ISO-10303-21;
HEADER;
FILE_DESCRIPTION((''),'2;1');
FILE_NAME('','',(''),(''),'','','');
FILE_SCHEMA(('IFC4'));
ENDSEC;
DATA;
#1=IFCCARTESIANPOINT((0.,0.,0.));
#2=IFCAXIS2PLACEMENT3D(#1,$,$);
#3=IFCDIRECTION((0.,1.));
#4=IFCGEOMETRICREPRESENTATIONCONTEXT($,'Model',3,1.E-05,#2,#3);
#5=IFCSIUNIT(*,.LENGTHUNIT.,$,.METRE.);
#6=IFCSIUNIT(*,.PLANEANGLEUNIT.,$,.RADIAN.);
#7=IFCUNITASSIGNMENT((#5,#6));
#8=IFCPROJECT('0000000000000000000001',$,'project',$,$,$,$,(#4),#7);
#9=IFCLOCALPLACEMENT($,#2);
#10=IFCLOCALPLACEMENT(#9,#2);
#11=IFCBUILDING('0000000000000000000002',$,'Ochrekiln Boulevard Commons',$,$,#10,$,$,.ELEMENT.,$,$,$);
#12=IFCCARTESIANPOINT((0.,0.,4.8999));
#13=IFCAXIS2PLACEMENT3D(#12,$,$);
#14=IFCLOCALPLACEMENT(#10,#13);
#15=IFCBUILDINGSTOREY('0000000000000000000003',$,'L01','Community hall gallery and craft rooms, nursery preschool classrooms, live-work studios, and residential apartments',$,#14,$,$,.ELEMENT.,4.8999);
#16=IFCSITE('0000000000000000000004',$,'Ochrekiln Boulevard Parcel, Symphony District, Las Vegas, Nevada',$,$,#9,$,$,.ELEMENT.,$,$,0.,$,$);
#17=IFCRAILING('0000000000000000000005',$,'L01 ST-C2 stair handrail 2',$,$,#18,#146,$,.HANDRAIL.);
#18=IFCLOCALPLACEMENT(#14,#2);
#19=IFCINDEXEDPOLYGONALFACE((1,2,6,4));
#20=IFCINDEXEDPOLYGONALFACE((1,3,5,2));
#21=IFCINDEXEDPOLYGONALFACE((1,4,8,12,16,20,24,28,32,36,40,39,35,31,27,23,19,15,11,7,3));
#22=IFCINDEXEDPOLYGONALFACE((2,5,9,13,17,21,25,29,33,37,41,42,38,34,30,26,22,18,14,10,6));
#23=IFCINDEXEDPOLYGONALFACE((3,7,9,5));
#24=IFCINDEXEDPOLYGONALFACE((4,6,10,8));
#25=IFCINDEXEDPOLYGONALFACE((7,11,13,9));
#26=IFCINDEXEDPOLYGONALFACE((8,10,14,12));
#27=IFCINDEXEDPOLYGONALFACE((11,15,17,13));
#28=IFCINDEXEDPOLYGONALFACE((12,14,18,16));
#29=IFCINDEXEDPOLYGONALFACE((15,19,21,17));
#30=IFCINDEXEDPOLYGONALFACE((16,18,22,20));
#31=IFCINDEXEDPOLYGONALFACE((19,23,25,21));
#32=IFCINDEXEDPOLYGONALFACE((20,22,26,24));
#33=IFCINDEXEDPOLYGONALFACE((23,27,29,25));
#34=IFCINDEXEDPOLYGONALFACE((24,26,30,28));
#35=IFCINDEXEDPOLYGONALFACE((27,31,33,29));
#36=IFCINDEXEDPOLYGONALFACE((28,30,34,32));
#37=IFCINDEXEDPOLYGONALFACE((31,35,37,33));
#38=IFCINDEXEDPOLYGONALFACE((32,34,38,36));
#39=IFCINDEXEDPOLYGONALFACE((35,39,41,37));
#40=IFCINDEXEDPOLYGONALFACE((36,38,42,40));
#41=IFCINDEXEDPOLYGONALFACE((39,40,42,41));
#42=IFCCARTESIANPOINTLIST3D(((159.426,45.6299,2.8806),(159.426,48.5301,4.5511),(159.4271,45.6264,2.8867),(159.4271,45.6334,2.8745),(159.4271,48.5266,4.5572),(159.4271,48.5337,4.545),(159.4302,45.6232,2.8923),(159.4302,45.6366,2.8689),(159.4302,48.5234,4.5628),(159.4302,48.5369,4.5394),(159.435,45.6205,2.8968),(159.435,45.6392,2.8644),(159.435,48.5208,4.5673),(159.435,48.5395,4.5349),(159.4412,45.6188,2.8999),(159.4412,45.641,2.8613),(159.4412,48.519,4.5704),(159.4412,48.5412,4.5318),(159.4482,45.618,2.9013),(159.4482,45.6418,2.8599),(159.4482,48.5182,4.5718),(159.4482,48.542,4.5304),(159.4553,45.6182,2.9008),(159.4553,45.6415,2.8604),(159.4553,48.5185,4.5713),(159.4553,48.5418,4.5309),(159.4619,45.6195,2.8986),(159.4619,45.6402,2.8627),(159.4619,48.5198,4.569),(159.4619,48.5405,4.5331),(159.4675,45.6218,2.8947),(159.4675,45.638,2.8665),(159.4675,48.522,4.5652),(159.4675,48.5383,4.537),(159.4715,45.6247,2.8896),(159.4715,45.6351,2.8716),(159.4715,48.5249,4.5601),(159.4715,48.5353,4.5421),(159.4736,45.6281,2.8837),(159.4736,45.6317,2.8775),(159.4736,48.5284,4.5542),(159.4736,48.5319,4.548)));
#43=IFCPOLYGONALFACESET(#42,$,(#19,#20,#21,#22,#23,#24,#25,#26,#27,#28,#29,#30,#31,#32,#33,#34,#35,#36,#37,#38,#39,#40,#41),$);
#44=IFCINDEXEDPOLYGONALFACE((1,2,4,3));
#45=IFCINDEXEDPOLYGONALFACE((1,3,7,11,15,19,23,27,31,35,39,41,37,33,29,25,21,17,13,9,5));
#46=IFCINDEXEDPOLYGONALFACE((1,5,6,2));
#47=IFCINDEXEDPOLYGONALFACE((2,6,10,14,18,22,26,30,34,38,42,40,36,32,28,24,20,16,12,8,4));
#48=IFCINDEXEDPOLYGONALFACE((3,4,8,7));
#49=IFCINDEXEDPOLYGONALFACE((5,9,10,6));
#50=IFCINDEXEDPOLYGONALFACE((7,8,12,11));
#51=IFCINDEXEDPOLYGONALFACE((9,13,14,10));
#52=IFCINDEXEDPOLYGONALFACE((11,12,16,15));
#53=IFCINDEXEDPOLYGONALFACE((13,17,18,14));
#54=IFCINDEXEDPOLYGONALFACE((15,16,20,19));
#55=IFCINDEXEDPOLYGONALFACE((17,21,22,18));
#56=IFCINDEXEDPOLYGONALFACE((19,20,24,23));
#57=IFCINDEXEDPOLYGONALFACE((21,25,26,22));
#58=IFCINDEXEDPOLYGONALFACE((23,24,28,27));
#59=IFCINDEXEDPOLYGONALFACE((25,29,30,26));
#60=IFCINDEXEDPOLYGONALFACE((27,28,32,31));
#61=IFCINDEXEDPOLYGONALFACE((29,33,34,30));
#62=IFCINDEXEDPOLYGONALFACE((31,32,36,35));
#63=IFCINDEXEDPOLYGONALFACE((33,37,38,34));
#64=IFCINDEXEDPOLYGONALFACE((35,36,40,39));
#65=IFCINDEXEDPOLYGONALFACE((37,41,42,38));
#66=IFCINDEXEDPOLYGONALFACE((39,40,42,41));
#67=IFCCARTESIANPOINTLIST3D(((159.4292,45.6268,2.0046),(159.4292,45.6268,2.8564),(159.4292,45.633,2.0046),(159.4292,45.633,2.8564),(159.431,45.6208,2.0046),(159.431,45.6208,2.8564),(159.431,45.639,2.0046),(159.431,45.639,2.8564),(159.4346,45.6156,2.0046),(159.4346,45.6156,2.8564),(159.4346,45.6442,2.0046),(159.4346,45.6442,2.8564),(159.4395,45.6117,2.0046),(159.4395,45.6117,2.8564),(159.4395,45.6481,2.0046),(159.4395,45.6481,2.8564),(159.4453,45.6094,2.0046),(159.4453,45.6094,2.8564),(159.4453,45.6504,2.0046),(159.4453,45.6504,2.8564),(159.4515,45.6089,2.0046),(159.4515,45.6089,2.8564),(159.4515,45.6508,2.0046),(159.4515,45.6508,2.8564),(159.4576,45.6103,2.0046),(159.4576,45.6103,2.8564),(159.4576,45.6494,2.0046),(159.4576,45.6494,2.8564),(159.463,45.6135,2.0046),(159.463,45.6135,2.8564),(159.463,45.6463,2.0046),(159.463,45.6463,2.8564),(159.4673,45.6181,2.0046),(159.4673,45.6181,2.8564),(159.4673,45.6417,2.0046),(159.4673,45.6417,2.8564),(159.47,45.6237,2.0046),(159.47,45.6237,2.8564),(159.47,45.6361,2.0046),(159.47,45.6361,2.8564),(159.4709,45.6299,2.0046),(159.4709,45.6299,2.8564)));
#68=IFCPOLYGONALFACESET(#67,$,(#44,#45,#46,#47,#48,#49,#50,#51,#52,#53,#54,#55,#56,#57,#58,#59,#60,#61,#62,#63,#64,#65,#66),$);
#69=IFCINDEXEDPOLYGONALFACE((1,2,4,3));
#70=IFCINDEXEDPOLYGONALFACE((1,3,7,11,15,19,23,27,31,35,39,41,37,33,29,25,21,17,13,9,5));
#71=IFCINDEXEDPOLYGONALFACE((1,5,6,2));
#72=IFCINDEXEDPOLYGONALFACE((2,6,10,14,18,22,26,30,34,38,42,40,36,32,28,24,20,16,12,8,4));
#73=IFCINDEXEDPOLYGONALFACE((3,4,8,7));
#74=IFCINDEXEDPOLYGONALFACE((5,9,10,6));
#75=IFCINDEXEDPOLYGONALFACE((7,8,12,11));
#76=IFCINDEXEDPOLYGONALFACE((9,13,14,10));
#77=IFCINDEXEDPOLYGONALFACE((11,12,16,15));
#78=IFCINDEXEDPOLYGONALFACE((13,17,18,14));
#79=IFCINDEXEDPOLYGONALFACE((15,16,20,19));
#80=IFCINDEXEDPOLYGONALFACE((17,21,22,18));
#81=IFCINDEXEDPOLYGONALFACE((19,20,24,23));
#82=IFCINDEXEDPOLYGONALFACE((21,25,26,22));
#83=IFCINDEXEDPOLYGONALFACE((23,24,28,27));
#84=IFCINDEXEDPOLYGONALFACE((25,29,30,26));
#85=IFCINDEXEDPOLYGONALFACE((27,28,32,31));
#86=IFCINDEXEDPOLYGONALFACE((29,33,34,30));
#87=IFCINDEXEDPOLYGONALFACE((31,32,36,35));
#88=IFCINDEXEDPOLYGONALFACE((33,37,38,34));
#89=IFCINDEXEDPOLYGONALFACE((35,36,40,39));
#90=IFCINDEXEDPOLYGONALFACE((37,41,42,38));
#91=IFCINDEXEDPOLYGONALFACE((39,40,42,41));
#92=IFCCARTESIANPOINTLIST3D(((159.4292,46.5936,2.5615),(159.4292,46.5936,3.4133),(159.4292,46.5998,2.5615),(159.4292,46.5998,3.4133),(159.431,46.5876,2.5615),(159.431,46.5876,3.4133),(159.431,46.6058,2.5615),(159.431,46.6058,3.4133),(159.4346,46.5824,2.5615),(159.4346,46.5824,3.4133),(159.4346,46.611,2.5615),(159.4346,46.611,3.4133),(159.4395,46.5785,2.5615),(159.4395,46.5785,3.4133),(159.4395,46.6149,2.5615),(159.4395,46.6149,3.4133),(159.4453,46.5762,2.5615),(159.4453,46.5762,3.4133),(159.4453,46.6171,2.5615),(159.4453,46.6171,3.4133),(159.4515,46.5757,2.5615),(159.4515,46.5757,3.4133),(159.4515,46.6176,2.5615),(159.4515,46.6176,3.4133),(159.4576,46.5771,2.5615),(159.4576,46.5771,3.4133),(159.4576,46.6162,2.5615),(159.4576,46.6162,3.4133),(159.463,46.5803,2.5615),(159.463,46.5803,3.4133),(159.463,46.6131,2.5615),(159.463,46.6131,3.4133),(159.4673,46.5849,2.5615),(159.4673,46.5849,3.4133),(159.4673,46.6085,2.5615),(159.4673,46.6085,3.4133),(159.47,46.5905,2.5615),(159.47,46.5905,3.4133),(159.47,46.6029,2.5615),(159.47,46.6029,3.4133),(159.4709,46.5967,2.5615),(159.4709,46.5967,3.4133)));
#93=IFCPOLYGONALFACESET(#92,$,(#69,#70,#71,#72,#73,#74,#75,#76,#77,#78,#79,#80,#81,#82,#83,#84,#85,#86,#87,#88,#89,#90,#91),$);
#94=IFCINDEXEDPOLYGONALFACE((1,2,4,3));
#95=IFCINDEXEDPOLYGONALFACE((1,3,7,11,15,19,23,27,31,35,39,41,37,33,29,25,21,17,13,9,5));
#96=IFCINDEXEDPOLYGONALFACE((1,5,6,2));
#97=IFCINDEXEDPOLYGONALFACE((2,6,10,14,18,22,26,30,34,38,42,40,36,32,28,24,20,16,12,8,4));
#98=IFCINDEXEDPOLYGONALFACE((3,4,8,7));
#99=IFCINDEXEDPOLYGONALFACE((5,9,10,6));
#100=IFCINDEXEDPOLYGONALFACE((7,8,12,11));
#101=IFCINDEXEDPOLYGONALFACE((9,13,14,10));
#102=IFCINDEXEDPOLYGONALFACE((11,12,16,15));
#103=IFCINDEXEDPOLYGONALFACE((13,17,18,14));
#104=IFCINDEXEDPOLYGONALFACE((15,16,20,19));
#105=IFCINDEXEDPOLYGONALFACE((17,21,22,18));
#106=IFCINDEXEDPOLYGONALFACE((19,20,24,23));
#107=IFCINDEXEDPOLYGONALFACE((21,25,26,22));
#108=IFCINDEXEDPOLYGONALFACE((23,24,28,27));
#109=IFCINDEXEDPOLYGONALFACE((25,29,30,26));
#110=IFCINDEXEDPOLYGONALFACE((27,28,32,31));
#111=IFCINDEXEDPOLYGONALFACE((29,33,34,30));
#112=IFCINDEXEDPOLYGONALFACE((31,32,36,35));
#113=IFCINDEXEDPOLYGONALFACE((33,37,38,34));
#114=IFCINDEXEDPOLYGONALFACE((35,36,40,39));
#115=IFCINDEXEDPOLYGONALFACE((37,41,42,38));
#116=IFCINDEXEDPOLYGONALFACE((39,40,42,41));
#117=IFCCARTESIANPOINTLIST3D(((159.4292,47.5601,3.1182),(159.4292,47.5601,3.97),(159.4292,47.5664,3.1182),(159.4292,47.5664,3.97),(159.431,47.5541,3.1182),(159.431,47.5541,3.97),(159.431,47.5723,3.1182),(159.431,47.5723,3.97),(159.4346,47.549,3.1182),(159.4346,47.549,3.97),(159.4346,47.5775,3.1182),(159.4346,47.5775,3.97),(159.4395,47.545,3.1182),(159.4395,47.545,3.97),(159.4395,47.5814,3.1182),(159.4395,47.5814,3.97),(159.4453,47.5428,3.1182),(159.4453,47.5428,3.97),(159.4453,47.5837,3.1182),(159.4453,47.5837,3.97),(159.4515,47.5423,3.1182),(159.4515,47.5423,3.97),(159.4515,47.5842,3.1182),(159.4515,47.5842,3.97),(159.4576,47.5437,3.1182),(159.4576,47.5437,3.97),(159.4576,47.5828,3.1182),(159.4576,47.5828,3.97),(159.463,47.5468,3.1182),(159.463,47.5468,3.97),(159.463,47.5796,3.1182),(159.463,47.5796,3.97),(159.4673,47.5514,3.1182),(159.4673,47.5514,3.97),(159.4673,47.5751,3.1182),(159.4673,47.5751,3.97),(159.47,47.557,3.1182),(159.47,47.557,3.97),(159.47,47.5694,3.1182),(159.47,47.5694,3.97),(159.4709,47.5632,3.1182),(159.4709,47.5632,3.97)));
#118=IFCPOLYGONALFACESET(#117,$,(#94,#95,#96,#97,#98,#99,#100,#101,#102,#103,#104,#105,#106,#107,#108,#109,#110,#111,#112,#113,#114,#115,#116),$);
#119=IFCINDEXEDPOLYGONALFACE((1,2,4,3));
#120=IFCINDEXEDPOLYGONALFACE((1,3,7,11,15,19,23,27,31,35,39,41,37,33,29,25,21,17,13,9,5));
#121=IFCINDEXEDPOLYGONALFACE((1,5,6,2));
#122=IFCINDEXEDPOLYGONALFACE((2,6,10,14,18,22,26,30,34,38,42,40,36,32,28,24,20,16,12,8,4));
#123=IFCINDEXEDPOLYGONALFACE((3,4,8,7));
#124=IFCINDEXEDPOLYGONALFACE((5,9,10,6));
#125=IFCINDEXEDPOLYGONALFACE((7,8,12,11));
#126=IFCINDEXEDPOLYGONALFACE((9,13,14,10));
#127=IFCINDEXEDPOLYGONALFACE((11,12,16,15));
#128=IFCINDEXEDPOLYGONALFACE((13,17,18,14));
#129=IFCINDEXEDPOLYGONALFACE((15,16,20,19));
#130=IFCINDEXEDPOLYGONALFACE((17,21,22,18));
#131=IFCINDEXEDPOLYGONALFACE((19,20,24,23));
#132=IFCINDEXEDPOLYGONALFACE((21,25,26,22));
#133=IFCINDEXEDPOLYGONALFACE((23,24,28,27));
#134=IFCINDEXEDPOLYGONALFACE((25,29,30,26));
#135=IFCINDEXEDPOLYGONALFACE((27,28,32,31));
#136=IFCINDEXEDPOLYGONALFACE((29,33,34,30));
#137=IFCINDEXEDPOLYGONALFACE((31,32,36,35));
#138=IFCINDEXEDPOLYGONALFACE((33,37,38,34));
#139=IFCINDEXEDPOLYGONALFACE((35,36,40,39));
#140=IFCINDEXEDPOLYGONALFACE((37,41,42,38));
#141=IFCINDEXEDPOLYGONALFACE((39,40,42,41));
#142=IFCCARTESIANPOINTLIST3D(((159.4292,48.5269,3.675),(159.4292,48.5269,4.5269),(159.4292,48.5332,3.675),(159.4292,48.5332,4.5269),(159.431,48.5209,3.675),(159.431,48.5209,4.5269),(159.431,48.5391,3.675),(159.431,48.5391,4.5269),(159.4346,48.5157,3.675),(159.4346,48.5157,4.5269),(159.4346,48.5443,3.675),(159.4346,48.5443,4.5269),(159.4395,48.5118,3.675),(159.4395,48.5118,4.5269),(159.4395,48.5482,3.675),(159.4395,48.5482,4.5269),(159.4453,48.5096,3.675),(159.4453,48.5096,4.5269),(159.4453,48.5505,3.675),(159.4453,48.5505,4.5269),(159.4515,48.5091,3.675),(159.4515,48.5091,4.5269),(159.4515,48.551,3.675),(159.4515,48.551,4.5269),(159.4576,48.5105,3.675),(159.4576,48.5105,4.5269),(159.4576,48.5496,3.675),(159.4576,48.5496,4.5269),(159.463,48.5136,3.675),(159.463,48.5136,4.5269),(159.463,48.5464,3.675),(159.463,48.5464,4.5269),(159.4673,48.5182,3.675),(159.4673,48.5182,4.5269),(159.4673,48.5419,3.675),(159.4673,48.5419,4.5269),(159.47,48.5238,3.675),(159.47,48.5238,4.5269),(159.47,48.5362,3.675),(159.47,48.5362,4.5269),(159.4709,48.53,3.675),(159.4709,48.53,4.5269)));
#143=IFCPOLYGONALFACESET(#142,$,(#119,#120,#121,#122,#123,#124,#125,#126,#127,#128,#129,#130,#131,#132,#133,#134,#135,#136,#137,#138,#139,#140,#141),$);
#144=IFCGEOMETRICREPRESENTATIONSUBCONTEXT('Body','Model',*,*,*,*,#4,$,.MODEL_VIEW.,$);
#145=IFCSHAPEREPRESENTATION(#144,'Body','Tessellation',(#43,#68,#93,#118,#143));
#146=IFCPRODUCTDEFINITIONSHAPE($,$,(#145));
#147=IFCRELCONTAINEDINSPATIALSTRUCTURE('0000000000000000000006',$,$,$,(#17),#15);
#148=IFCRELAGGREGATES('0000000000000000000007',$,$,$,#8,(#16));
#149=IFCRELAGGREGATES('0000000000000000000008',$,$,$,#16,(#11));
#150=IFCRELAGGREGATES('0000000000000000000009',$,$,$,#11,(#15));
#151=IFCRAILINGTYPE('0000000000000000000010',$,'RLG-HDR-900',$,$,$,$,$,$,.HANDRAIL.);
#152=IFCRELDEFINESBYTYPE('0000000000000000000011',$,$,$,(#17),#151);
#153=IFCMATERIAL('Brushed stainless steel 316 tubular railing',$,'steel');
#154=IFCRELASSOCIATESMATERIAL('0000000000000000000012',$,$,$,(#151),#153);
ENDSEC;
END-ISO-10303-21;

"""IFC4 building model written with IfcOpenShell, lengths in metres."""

from ifc_helpers import new_model, si_unit, direction, frame, origin, origin_2d, place, context, subcontext, project, spatial, circle, extrude, material, type_object, element, save


model = new_model("IFC4")

# Units and contexts
model_context = context("Model", 3, precision=1e-05, world=origin(), true_north=direction((0.0, 1.0)))
body_context = subcontext(model_context, "Body", "Model", "MODEL_VIEW")
ifc_project = project(units=[si_unit("LENGTHUNIT", "METRE"), si_unit("PLANEANGLEUNIT", "RADIAN")], contexts=[model_context])

# Site, building, storey
site_placement = place(None, origin())
site = spatial("IfcSite", under=ifc_project, at=site_placement, Name="Ochrekiln Boulevard Parcel, Symphony District, Las Vegas, Nevada", CompositionType="ELEMENT", RefElevation=0.0)
building_placement = place(site_placement, origin())
building = spatial("IfcBuilding", under=site, at=building_placement, Name="Ochrekiln Boulevard Commons", CompositionType="ELEMENT")
storey_placement = place(building_placement, frame((0.0, 0.0, 4.8999)))
storey = spatial("IfcBuildingStorey", under=building, at=storey_placement, Name="L01", Description="Community hall gallery and craft rooms, nursery preschool classrooms, live-work studios, and residential apartments", CompositionType="ELEMENT", Elevation=4.8999)

# Railing
ifc_material_1 = material(Name="Brushed stainless steel 316 tubular railing", Category="steel")
railing_type_1 = type_object("IfcRailingType", Name="RLG-HDR-900", PredefinedType="HANDRAIL", material=ifc_material_1)
railing_1_placement = place(storey_placement, frame((159.45, 45.6299, 2.0046)))
element("IfcRailing", 1, at=railing_1_placement, inside=storey, type_object=railing_type_1, Name="L01 ST-C2 stair handrail 2", PredefinedType="HANDRAIL", context=body_context, shape_type="SweptSolid", body=[
    extrude(circle(Radius=0.0239, at=origin_2d()), frame((0.0, 0.0, 0.876), z_axis=(0.0, 0.866541, 0.499106), x_axis=(-1.0, 0.0, 0.0)), (0.0, 0.0, 1.0), 3.3469),
    extrude(circle(Radius=0.021, at=origin_2d()), origin(), (0.0, 0.0, 1.0), 0.8518),
    extrude(circle(Radius=0.021, at=origin_2d()), frame((0.0, 0.9668, 0.5569)), (0.0, 0.0, 1.0), 0.8518),
    extrude(circle(Radius=0.021, at=origin_2d()), frame((0.0, 1.9333, 1.1135)), (0.0, 0.0, 1.0), 0.8518),
    extrude(circle(Radius=0.021, at=origin_2d()), frame((0.0, 2.9001, 1.6704)), (0.0, 0.0, 1.0), 0.8518),
])

save(model, "model.ifc")
